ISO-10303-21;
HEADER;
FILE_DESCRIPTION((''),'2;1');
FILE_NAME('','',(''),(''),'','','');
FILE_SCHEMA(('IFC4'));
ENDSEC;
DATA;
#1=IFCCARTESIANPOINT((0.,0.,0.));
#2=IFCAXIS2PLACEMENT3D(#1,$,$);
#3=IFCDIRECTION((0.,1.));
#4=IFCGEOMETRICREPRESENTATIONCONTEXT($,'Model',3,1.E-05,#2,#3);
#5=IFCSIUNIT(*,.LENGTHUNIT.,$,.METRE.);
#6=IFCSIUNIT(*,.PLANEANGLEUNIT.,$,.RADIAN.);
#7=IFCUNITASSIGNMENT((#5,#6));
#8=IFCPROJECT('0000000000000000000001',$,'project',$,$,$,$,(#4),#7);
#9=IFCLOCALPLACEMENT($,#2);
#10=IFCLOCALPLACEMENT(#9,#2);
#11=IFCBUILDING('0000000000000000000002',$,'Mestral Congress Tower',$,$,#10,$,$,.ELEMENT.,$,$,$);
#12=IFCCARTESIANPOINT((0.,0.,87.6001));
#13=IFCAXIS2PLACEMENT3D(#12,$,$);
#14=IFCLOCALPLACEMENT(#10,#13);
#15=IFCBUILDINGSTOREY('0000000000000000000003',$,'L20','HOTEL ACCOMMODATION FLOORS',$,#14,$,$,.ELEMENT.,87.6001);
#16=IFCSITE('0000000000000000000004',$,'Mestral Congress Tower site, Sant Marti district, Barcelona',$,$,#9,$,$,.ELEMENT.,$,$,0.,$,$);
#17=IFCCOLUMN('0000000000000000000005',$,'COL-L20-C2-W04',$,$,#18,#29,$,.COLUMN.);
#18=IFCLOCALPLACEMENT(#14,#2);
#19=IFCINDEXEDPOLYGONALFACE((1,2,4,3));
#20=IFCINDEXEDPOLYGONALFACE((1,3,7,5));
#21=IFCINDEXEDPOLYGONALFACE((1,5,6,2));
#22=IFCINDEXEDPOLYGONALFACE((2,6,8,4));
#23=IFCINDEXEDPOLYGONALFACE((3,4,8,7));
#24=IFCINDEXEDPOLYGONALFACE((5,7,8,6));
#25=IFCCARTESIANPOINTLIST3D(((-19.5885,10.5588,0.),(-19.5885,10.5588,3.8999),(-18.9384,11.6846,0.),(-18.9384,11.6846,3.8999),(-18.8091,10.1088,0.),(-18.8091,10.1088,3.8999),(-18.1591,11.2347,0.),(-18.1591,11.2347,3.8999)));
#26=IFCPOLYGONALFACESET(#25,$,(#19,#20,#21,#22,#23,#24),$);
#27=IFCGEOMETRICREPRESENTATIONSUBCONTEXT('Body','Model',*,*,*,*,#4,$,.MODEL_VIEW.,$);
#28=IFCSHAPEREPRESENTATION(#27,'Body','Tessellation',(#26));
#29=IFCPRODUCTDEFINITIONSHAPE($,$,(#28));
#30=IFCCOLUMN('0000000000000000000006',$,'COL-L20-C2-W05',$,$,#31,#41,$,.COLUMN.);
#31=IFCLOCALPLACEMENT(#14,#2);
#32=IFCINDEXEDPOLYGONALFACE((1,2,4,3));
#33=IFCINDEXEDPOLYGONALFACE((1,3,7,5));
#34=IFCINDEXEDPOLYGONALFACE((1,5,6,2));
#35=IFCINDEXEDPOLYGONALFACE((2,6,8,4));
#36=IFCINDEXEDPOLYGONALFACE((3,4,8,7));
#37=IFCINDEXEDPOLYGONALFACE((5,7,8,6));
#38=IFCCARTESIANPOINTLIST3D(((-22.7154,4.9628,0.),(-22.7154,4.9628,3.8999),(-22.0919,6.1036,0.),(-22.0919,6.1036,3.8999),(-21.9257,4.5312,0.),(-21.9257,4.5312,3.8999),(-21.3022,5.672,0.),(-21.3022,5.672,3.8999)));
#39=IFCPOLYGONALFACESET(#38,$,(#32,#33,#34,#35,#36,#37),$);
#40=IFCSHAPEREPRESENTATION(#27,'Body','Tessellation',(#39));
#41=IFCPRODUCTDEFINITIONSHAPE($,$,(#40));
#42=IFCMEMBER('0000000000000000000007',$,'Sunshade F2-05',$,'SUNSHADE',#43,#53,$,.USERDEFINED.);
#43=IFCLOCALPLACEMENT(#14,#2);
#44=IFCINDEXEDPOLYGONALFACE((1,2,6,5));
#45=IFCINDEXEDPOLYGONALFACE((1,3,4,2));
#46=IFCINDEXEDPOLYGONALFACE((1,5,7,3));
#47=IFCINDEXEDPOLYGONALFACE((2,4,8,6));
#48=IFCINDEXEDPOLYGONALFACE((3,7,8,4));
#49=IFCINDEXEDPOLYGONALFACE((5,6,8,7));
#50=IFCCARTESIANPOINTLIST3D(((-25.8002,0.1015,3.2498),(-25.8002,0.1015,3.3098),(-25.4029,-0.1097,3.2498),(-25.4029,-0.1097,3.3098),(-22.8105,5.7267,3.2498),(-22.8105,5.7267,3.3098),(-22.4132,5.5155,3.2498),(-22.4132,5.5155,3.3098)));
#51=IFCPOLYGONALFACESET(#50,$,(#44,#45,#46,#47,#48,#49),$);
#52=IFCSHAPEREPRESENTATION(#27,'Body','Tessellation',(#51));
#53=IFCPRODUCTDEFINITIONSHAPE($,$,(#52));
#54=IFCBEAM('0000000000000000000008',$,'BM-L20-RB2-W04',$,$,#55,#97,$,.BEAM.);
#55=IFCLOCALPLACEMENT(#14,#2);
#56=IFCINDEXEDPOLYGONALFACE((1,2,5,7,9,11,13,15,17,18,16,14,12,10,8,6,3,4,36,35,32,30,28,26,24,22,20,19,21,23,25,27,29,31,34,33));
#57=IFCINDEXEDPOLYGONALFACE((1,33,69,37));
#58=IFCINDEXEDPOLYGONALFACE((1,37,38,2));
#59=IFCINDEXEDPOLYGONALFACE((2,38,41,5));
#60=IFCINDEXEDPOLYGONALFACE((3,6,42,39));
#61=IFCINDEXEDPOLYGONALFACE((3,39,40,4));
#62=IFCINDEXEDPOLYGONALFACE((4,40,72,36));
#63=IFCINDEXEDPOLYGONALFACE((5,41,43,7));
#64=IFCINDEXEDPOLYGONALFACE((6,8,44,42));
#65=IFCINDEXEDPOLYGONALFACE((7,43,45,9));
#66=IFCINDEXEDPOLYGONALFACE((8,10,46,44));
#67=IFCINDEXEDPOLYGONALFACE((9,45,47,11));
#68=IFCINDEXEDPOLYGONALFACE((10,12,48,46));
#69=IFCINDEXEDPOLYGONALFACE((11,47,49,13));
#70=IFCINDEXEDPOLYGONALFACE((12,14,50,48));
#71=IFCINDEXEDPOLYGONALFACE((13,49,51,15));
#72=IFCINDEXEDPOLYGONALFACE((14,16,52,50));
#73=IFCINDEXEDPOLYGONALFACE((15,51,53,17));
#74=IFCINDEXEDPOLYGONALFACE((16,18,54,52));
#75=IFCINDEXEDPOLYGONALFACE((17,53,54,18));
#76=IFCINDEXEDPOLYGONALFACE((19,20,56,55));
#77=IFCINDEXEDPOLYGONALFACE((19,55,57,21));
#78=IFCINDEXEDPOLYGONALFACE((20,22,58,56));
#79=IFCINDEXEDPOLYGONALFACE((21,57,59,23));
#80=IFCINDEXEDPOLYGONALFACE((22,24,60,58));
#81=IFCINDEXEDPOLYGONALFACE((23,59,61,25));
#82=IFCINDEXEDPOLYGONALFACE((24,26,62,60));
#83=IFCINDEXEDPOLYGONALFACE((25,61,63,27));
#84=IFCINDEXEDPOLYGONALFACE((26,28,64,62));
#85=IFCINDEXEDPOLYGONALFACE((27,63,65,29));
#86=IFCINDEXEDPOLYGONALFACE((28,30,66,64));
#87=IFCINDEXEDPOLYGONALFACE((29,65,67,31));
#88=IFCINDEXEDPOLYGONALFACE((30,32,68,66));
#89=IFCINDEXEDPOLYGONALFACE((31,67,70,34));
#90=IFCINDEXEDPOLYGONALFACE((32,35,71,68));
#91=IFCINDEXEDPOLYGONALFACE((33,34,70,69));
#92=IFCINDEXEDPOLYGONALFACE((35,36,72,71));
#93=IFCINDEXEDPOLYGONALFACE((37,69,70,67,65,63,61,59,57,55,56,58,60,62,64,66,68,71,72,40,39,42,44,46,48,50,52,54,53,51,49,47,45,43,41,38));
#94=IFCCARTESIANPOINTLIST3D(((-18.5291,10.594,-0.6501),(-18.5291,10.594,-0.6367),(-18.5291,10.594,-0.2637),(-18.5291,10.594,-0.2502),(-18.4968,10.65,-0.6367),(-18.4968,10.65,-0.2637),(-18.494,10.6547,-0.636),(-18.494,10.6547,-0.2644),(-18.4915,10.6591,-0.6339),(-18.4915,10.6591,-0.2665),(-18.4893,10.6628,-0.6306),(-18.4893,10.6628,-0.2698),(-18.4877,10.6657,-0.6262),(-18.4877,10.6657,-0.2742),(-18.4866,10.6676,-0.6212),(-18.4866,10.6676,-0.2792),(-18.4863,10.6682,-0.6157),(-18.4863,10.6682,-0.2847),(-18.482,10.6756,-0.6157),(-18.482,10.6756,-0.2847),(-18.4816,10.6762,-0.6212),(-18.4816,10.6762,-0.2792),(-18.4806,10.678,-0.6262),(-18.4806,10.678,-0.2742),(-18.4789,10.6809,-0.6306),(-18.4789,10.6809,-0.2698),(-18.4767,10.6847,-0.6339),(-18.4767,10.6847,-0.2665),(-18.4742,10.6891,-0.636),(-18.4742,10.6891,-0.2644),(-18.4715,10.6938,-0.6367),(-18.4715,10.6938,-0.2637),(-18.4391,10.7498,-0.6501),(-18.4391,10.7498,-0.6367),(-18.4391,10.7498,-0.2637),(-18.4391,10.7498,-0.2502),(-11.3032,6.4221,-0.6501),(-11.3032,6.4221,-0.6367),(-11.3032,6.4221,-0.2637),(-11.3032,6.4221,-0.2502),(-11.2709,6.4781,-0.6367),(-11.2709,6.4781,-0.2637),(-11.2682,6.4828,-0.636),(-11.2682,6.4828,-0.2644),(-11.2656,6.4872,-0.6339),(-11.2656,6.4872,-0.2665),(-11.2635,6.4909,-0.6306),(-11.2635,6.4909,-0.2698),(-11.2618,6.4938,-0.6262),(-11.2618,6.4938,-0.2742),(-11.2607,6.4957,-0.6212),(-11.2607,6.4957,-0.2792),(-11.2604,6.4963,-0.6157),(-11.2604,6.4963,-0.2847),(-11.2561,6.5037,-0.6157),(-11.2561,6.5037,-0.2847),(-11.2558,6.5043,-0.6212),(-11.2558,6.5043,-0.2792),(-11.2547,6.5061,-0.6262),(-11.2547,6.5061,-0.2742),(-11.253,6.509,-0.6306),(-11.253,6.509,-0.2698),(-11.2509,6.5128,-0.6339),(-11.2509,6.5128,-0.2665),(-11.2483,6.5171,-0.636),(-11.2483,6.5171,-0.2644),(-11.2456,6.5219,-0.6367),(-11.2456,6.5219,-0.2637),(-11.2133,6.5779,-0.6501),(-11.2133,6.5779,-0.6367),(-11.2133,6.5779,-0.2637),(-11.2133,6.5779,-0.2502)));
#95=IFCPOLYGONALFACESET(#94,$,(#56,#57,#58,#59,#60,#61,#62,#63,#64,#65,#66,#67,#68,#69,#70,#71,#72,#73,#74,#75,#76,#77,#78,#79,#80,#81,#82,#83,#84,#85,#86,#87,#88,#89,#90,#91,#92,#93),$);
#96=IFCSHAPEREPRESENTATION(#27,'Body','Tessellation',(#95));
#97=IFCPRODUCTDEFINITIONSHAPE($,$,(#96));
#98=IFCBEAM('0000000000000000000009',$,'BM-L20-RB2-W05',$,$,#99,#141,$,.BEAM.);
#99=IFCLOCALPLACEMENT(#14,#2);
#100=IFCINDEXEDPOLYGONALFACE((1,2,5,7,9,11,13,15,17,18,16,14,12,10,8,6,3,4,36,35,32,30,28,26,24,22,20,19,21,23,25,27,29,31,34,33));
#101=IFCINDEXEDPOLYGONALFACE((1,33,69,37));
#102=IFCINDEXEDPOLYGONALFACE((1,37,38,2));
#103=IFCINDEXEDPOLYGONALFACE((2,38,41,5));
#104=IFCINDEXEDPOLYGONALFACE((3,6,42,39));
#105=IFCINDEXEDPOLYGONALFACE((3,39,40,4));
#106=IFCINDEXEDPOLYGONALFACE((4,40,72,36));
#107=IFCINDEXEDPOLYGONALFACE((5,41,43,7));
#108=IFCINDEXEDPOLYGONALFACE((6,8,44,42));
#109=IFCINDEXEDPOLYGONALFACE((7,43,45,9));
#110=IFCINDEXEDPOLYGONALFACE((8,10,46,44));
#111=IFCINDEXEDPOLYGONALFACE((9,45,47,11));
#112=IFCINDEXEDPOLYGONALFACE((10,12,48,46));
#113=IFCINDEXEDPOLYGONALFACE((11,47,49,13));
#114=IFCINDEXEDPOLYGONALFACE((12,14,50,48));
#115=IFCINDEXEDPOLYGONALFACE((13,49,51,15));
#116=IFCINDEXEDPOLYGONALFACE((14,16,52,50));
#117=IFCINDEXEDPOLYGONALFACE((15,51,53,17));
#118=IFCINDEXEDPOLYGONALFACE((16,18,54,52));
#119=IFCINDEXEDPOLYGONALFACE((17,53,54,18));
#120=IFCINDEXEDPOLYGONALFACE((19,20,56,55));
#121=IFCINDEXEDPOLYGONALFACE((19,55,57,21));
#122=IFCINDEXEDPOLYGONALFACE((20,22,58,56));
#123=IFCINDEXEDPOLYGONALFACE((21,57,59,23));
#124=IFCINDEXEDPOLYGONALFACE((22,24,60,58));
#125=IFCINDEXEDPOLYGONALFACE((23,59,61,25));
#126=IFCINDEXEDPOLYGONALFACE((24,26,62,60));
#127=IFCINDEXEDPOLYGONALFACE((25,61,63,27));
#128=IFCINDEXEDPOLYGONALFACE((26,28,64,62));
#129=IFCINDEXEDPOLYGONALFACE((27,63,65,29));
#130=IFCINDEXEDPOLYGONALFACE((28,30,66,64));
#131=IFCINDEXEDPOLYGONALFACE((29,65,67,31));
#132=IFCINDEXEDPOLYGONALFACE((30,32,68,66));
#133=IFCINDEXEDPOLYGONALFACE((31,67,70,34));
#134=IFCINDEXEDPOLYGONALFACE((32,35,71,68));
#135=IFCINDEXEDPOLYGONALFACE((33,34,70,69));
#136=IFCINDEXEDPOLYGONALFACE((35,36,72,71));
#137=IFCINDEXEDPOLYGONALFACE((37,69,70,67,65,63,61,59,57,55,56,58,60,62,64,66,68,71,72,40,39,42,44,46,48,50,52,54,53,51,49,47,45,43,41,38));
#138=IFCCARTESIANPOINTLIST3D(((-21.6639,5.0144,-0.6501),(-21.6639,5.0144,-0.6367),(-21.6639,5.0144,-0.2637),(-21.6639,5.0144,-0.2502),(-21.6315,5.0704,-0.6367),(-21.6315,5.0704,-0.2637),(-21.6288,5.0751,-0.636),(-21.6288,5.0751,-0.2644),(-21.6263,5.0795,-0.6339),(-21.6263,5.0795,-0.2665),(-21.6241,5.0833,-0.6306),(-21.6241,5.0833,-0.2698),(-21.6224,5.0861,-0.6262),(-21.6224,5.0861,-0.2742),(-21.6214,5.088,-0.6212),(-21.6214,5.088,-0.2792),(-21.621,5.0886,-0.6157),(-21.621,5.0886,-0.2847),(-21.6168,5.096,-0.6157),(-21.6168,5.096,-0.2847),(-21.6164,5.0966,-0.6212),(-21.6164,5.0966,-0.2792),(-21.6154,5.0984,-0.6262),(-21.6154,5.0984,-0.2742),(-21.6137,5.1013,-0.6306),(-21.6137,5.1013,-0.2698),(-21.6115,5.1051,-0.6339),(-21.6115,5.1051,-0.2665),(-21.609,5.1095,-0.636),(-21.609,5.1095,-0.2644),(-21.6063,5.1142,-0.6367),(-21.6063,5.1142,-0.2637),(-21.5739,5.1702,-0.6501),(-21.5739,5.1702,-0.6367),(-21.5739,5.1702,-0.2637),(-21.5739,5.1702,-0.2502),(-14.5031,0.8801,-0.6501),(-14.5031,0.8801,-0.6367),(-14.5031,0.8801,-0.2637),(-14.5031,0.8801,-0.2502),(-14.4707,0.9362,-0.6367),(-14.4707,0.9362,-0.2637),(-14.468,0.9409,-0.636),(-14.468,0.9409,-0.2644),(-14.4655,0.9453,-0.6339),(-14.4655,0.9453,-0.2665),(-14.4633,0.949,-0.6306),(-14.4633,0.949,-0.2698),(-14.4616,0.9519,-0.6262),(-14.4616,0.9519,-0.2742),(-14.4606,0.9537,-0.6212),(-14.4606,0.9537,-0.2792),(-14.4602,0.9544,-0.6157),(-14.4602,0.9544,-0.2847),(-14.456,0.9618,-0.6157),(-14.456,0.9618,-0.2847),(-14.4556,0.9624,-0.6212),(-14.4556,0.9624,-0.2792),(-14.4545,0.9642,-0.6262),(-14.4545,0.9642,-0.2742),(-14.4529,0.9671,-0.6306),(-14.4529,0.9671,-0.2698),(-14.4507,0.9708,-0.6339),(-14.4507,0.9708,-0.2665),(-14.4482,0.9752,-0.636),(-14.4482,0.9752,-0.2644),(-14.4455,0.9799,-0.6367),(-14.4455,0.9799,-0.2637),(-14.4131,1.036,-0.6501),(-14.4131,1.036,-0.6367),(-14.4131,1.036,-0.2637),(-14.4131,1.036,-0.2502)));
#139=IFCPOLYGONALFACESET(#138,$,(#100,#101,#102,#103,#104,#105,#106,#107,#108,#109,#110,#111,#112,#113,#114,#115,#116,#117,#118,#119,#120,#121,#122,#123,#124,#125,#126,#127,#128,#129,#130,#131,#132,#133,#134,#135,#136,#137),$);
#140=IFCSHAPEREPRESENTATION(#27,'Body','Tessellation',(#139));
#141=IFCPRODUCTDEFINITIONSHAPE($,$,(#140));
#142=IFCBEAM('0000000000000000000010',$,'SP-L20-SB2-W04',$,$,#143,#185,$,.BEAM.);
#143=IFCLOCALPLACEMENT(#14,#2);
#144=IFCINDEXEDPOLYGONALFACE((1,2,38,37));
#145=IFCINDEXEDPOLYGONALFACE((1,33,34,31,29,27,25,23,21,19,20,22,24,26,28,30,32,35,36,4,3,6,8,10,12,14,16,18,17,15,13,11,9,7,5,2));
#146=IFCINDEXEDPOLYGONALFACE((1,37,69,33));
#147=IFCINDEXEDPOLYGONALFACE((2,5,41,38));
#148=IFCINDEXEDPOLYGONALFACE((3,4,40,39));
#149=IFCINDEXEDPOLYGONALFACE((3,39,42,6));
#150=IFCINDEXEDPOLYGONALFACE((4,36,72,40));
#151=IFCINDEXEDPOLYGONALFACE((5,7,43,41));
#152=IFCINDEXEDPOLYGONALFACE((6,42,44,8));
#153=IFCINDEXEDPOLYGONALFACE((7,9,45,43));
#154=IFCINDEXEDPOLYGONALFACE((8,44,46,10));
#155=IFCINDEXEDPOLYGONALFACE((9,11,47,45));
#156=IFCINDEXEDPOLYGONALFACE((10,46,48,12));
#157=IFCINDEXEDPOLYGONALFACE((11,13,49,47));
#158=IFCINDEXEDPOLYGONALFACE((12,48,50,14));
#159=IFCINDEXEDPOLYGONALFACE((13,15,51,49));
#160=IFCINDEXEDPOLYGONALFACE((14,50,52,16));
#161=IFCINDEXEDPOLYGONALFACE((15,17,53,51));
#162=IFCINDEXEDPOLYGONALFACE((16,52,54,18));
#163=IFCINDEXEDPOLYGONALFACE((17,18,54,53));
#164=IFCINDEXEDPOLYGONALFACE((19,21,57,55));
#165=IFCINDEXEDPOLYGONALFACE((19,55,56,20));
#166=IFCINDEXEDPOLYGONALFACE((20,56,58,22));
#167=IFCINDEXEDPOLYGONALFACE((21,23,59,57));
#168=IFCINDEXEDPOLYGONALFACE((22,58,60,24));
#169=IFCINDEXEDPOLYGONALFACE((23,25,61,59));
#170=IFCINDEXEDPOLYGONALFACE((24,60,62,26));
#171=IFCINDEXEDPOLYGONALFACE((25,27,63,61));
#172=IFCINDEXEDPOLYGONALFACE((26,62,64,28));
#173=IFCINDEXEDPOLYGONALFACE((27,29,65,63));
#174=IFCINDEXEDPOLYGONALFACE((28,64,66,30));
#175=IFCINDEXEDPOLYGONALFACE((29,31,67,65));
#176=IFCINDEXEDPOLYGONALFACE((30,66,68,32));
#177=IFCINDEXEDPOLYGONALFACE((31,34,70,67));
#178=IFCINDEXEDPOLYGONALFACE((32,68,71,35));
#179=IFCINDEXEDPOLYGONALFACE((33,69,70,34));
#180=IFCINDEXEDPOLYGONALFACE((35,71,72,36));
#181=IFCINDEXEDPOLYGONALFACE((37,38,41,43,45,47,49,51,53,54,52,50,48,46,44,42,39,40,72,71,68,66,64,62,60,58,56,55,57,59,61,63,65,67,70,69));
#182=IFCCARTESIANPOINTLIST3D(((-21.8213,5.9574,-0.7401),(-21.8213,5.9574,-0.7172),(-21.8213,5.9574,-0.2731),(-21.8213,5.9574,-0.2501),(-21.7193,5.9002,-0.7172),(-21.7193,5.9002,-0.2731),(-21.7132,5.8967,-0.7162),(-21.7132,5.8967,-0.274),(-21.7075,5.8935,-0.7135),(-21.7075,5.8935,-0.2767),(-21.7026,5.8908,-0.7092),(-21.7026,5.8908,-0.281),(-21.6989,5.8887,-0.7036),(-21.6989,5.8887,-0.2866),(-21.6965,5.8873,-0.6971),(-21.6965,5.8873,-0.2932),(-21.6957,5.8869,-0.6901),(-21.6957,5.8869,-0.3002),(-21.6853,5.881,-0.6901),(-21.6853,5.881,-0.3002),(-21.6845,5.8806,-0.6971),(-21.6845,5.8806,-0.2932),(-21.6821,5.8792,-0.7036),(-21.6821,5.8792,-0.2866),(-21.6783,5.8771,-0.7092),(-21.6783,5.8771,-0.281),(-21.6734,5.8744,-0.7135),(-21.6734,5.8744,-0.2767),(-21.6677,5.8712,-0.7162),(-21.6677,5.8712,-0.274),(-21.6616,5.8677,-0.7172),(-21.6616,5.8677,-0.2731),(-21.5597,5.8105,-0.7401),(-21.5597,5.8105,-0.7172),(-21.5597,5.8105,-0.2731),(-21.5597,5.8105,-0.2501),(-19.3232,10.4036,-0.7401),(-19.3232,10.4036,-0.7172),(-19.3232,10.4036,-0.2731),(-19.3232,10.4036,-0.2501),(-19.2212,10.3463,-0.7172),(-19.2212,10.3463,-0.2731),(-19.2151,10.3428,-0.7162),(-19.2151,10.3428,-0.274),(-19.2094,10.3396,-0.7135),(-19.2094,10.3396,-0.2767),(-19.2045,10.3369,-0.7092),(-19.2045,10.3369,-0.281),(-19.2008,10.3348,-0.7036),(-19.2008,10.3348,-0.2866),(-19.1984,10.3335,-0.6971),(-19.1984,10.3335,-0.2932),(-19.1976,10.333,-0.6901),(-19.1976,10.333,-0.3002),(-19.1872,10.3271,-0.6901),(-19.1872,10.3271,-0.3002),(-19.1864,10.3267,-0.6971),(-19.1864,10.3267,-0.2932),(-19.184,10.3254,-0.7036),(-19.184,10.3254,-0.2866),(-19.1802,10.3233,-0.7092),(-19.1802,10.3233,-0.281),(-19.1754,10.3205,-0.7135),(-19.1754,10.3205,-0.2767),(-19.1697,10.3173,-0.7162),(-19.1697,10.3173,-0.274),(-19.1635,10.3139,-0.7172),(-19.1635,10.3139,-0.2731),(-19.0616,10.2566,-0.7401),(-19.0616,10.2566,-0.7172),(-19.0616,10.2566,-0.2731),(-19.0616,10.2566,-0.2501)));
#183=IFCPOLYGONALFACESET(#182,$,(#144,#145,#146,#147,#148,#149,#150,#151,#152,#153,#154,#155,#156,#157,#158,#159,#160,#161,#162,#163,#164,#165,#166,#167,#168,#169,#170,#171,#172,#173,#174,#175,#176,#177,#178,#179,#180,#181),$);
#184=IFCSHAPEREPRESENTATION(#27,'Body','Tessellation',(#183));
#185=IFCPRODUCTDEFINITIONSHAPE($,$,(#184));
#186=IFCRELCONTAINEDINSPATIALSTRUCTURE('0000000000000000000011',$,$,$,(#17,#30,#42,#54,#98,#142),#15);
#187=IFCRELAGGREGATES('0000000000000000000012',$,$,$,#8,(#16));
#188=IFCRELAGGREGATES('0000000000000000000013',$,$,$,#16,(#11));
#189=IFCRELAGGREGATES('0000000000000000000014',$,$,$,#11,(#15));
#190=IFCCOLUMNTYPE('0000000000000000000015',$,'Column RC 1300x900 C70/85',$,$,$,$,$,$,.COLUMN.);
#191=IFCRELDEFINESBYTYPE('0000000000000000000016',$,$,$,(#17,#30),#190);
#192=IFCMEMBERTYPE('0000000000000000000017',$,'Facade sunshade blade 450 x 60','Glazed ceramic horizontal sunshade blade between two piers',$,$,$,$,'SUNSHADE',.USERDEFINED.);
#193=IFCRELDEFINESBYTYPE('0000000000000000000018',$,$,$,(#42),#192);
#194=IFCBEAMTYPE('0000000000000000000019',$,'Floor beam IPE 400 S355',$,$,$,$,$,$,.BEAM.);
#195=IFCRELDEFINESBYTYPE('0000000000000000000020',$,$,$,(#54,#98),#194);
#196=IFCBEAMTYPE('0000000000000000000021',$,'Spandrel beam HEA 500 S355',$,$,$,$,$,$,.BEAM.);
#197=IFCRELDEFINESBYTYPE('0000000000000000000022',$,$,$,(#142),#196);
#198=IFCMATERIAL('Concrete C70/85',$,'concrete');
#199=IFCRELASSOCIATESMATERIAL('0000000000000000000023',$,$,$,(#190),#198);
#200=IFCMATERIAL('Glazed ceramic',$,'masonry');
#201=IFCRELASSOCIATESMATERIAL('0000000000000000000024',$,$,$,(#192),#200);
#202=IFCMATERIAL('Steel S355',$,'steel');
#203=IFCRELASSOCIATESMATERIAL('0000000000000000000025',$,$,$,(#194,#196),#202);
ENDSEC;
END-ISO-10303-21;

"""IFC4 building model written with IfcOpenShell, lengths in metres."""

from ifc_helpers import new_model, si_unit, direction, frame, origin, origin_2d, place, context, subcontext, project, spatial, rectangle, i_section, extrude, material, material_profile, profile_set, type_object, element, save


model = new_model("IFC4")

# Units and contexts
model_context = context("Model", 3, precision=1e-05, world=origin(), true_north=direction((0.0, 1.0)))
body_context = subcontext(model_context, "Body", "Model", "MODEL_VIEW")
ifc_project = project(units=[si_unit("LENGTHUNIT", "METRE"), si_unit("PLANEANGLEUNIT", "RADIAN")], contexts=[model_context])

# Site, building, storey
site_placement = place(None, origin())
site = spatial("IfcSite", under=ifc_project, at=site_placement, Name="Mestral Congress Tower site, Sant Marti district, Barcelona", CompositionType="ELEMENT", RefElevation=0.0)
building_placement = place(site_placement, origin())
building = spatial("IfcBuilding", under=site, at=building_placement, Name="Mestral Congress Tower", CompositionType="ELEMENT")
storey_placement = place(building_placement, frame((0.0, 0.0, 87.6001)))
storey = spatial("IfcBuildingStorey", under=building, at=storey_placement, Name="L20", Description="HOTEL ACCOMMODATION FLOORS", CompositionType="ELEMENT", Elevation=87.6001)

# Columns
ifc_material_1 = material(Name="Concrete C70/85", Category="concrete")
ifc_material_profile_1 = material_profile(ifc_material_1, rectangle(XDim=1.3, YDim=0.8999, at=origin_2d()), Name="RC 1300x900")
ifc_profile_set_1 = profile_set([ifc_material_profile_1], Name="Concrete C70/85")
column_type = type_object("IfcColumnType", Name="Column RC 1300x900 C70/85", PredefinedType="COLUMN", material=ifc_profile_set_1)
for number, where, z_axis, x_axis, name in (
    (1, (-18.8738, 10.8967, 0.0), (0.0, 0.0, 1.0), (-0.5, -0.866025, 0.0), "COL-L20-C2-W04"),
    (2, (-22.0088, 5.3174, 0.0), (0.0, 0.0, 1.0), (-0.479613, -0.87748, 0.0), "COL-L20-C2-W05"),
):
    element("IfcColumn", number, at=place(storey_placement, frame(where, z_axis=z_axis, x_axis=x_axis)), inside=storey, type_object=column_type, Name=name, PredefinedType="COLUMN", context=body_context, shape_type="SweptSolid", body=[
        extrude(rectangle(XDim=1.3, YDim=0.8999, at=origin_2d()), origin(), (0.0, 0.0, 1.0), 3.8999),
    ])

# Member
ifc_material_2 = material(Name="Glazed ceramic", Category="masonry")
ifc_material_profile_2 = material_profile(ifc_material_2, rectangle(XDim=0.45, YDim=0.0601, at=origin_2d()), Name="Ceramic blade 450 x 60")
ifc_profile_set_2 = profile_set([ifc_material_profile_2], Name="Glazed ceramic")
member_type = type_object("IfcMemberType", Name="Facade sunshade blade 450 x 60", Description="Glazed ceramic horizontal sunshade blade between two piers", ElementType="SUNSHADE", PredefinedType="USERDEFINED", material=ifc_profile_set_2)
member_placement = place(storey_placement, frame((-22.6118, 5.6211, 3.2798), z_axis=(-0.469319, -0.883029, 0.0), x_axis=(0.883029, -0.469319, 0.0)))
element("IfcMember", 3, at=member_placement, inside=storey, type_object=member_type, Name="Sunshade F2-05", ObjectType="SUNSHADE", PredefinedType="USERDEFINED", context=body_context, shape_type="SweptSolid", body=[
    extrude(rectangle(XDim=0.45, YDim=0.0601, at=origin_2d()), origin(), (0.0, 0.0, 1.0), 6.3704),
])

# Beams
ifc_material_3 = material(Name="Steel S355", Category="steel")
ifc_material_profile_3 = material_profile(ifc_material_3, i_section(OverallWidth=0.1799, OverallDepth=0.3999, WebThickness=0.0085, FlangeThickness=0.0134, FilletRadius=0.021, at=origin_2d()), Name="IPE 400")
ifc_profile_set_3 = profile_set([ifc_material_profile_3], Name="Steel S355")
beam_type_1 = type_object("IfcBeamType", Name="Floor beam IPE 400 S355", PredefinedType="BEAM", material=ifc_profile_set_3)
beam_1_placement = place(storey_placement, frame((-18.4841, 10.6719, -0.4502), z_axis=(0.866023, -0.500004, 0.0), x_axis=(0.500004, 0.866023, 0.0)))
element("IfcBeam", 4, at=beam_1_placement, inside=storey, type_object=beam_type_1, Name="BM-L20-RB2-W04", PredefinedType="BEAM", context=body_context, shape_type="SweptSolid", body=[
    extrude(i_section(OverallWidth=0.1799, OverallDepth=0.3999, WebThickness=0.0085, FlangeThickness=0.0134, FilletRadius=0.021, at=origin_2d()), origin(), (0.0, 0.0, 1.0), 8.3438),
])
beam_2_placement = place(storey_placement, frame((-21.6189, 5.0923, -0.4502), z_axis=(0.866029, -0.499994, 0.0), x_axis=(0.499994, 0.866029, 0.0)))
element("IfcBeam", 5, at=beam_2_placement, inside=storey, type_object=beam_type_1, Name="BM-L20-RB2-W05", PredefinedType="BEAM", context=body_context, shape_type="SweptSolid", body=[
    extrude(i_section(OverallWidth=0.1799, OverallDepth=0.3999, WebThickness=0.0085, FlangeThickness=0.0134, FilletRadius=0.021, at=origin_2d()), origin(), (0.0, 0.0, 1.0), 8.2686),
])
ifc_material_profile_4 = material_profile(ifc_material_3, i_section(OverallWidth=0.3, OverallDepth=0.49, WebThickness=0.012, FlangeThickness=0.0229, FilletRadius=0.0271, at=origin_2d()), Name="HEA 500")
ifc_profile_set_4 = profile_set([ifc_material_profile_4], Name="Steel S355")
beam_type_2 = type_object("IfcBeamType", Name="Spandrel beam HEA 500 S355", PredefinedType="BEAM", material=ifc_profile_set_4)
for number, where, z_axis, x_axis, name in (
    (6, (-19.1924, 10.3301, -0.4951), (-0.489836, -0.871815, 0.0), (0.871815, -0.489836, 0.0), "SP-L20-SB2-W04"),
):
    element("IfcBeam", number, at=place(storey_placement, frame(where, z_axis=z_axis, x_axis=x_axis)), inside=storey, type_object=beam_type_2, Name=name, PredefinedType="BEAM", context=body_context, shape_type="SweptSolid", body=[
        extrude(i_section(OverallWidth=0.3, OverallDepth=0.49, WebThickness=0.012, FlangeThickness=0.0229, FilletRadius=0.0271, at=origin_2d()), origin(), (0.0, 0.0, 1.0), 5.0999),
    ])

save(model, "model.ifc")
